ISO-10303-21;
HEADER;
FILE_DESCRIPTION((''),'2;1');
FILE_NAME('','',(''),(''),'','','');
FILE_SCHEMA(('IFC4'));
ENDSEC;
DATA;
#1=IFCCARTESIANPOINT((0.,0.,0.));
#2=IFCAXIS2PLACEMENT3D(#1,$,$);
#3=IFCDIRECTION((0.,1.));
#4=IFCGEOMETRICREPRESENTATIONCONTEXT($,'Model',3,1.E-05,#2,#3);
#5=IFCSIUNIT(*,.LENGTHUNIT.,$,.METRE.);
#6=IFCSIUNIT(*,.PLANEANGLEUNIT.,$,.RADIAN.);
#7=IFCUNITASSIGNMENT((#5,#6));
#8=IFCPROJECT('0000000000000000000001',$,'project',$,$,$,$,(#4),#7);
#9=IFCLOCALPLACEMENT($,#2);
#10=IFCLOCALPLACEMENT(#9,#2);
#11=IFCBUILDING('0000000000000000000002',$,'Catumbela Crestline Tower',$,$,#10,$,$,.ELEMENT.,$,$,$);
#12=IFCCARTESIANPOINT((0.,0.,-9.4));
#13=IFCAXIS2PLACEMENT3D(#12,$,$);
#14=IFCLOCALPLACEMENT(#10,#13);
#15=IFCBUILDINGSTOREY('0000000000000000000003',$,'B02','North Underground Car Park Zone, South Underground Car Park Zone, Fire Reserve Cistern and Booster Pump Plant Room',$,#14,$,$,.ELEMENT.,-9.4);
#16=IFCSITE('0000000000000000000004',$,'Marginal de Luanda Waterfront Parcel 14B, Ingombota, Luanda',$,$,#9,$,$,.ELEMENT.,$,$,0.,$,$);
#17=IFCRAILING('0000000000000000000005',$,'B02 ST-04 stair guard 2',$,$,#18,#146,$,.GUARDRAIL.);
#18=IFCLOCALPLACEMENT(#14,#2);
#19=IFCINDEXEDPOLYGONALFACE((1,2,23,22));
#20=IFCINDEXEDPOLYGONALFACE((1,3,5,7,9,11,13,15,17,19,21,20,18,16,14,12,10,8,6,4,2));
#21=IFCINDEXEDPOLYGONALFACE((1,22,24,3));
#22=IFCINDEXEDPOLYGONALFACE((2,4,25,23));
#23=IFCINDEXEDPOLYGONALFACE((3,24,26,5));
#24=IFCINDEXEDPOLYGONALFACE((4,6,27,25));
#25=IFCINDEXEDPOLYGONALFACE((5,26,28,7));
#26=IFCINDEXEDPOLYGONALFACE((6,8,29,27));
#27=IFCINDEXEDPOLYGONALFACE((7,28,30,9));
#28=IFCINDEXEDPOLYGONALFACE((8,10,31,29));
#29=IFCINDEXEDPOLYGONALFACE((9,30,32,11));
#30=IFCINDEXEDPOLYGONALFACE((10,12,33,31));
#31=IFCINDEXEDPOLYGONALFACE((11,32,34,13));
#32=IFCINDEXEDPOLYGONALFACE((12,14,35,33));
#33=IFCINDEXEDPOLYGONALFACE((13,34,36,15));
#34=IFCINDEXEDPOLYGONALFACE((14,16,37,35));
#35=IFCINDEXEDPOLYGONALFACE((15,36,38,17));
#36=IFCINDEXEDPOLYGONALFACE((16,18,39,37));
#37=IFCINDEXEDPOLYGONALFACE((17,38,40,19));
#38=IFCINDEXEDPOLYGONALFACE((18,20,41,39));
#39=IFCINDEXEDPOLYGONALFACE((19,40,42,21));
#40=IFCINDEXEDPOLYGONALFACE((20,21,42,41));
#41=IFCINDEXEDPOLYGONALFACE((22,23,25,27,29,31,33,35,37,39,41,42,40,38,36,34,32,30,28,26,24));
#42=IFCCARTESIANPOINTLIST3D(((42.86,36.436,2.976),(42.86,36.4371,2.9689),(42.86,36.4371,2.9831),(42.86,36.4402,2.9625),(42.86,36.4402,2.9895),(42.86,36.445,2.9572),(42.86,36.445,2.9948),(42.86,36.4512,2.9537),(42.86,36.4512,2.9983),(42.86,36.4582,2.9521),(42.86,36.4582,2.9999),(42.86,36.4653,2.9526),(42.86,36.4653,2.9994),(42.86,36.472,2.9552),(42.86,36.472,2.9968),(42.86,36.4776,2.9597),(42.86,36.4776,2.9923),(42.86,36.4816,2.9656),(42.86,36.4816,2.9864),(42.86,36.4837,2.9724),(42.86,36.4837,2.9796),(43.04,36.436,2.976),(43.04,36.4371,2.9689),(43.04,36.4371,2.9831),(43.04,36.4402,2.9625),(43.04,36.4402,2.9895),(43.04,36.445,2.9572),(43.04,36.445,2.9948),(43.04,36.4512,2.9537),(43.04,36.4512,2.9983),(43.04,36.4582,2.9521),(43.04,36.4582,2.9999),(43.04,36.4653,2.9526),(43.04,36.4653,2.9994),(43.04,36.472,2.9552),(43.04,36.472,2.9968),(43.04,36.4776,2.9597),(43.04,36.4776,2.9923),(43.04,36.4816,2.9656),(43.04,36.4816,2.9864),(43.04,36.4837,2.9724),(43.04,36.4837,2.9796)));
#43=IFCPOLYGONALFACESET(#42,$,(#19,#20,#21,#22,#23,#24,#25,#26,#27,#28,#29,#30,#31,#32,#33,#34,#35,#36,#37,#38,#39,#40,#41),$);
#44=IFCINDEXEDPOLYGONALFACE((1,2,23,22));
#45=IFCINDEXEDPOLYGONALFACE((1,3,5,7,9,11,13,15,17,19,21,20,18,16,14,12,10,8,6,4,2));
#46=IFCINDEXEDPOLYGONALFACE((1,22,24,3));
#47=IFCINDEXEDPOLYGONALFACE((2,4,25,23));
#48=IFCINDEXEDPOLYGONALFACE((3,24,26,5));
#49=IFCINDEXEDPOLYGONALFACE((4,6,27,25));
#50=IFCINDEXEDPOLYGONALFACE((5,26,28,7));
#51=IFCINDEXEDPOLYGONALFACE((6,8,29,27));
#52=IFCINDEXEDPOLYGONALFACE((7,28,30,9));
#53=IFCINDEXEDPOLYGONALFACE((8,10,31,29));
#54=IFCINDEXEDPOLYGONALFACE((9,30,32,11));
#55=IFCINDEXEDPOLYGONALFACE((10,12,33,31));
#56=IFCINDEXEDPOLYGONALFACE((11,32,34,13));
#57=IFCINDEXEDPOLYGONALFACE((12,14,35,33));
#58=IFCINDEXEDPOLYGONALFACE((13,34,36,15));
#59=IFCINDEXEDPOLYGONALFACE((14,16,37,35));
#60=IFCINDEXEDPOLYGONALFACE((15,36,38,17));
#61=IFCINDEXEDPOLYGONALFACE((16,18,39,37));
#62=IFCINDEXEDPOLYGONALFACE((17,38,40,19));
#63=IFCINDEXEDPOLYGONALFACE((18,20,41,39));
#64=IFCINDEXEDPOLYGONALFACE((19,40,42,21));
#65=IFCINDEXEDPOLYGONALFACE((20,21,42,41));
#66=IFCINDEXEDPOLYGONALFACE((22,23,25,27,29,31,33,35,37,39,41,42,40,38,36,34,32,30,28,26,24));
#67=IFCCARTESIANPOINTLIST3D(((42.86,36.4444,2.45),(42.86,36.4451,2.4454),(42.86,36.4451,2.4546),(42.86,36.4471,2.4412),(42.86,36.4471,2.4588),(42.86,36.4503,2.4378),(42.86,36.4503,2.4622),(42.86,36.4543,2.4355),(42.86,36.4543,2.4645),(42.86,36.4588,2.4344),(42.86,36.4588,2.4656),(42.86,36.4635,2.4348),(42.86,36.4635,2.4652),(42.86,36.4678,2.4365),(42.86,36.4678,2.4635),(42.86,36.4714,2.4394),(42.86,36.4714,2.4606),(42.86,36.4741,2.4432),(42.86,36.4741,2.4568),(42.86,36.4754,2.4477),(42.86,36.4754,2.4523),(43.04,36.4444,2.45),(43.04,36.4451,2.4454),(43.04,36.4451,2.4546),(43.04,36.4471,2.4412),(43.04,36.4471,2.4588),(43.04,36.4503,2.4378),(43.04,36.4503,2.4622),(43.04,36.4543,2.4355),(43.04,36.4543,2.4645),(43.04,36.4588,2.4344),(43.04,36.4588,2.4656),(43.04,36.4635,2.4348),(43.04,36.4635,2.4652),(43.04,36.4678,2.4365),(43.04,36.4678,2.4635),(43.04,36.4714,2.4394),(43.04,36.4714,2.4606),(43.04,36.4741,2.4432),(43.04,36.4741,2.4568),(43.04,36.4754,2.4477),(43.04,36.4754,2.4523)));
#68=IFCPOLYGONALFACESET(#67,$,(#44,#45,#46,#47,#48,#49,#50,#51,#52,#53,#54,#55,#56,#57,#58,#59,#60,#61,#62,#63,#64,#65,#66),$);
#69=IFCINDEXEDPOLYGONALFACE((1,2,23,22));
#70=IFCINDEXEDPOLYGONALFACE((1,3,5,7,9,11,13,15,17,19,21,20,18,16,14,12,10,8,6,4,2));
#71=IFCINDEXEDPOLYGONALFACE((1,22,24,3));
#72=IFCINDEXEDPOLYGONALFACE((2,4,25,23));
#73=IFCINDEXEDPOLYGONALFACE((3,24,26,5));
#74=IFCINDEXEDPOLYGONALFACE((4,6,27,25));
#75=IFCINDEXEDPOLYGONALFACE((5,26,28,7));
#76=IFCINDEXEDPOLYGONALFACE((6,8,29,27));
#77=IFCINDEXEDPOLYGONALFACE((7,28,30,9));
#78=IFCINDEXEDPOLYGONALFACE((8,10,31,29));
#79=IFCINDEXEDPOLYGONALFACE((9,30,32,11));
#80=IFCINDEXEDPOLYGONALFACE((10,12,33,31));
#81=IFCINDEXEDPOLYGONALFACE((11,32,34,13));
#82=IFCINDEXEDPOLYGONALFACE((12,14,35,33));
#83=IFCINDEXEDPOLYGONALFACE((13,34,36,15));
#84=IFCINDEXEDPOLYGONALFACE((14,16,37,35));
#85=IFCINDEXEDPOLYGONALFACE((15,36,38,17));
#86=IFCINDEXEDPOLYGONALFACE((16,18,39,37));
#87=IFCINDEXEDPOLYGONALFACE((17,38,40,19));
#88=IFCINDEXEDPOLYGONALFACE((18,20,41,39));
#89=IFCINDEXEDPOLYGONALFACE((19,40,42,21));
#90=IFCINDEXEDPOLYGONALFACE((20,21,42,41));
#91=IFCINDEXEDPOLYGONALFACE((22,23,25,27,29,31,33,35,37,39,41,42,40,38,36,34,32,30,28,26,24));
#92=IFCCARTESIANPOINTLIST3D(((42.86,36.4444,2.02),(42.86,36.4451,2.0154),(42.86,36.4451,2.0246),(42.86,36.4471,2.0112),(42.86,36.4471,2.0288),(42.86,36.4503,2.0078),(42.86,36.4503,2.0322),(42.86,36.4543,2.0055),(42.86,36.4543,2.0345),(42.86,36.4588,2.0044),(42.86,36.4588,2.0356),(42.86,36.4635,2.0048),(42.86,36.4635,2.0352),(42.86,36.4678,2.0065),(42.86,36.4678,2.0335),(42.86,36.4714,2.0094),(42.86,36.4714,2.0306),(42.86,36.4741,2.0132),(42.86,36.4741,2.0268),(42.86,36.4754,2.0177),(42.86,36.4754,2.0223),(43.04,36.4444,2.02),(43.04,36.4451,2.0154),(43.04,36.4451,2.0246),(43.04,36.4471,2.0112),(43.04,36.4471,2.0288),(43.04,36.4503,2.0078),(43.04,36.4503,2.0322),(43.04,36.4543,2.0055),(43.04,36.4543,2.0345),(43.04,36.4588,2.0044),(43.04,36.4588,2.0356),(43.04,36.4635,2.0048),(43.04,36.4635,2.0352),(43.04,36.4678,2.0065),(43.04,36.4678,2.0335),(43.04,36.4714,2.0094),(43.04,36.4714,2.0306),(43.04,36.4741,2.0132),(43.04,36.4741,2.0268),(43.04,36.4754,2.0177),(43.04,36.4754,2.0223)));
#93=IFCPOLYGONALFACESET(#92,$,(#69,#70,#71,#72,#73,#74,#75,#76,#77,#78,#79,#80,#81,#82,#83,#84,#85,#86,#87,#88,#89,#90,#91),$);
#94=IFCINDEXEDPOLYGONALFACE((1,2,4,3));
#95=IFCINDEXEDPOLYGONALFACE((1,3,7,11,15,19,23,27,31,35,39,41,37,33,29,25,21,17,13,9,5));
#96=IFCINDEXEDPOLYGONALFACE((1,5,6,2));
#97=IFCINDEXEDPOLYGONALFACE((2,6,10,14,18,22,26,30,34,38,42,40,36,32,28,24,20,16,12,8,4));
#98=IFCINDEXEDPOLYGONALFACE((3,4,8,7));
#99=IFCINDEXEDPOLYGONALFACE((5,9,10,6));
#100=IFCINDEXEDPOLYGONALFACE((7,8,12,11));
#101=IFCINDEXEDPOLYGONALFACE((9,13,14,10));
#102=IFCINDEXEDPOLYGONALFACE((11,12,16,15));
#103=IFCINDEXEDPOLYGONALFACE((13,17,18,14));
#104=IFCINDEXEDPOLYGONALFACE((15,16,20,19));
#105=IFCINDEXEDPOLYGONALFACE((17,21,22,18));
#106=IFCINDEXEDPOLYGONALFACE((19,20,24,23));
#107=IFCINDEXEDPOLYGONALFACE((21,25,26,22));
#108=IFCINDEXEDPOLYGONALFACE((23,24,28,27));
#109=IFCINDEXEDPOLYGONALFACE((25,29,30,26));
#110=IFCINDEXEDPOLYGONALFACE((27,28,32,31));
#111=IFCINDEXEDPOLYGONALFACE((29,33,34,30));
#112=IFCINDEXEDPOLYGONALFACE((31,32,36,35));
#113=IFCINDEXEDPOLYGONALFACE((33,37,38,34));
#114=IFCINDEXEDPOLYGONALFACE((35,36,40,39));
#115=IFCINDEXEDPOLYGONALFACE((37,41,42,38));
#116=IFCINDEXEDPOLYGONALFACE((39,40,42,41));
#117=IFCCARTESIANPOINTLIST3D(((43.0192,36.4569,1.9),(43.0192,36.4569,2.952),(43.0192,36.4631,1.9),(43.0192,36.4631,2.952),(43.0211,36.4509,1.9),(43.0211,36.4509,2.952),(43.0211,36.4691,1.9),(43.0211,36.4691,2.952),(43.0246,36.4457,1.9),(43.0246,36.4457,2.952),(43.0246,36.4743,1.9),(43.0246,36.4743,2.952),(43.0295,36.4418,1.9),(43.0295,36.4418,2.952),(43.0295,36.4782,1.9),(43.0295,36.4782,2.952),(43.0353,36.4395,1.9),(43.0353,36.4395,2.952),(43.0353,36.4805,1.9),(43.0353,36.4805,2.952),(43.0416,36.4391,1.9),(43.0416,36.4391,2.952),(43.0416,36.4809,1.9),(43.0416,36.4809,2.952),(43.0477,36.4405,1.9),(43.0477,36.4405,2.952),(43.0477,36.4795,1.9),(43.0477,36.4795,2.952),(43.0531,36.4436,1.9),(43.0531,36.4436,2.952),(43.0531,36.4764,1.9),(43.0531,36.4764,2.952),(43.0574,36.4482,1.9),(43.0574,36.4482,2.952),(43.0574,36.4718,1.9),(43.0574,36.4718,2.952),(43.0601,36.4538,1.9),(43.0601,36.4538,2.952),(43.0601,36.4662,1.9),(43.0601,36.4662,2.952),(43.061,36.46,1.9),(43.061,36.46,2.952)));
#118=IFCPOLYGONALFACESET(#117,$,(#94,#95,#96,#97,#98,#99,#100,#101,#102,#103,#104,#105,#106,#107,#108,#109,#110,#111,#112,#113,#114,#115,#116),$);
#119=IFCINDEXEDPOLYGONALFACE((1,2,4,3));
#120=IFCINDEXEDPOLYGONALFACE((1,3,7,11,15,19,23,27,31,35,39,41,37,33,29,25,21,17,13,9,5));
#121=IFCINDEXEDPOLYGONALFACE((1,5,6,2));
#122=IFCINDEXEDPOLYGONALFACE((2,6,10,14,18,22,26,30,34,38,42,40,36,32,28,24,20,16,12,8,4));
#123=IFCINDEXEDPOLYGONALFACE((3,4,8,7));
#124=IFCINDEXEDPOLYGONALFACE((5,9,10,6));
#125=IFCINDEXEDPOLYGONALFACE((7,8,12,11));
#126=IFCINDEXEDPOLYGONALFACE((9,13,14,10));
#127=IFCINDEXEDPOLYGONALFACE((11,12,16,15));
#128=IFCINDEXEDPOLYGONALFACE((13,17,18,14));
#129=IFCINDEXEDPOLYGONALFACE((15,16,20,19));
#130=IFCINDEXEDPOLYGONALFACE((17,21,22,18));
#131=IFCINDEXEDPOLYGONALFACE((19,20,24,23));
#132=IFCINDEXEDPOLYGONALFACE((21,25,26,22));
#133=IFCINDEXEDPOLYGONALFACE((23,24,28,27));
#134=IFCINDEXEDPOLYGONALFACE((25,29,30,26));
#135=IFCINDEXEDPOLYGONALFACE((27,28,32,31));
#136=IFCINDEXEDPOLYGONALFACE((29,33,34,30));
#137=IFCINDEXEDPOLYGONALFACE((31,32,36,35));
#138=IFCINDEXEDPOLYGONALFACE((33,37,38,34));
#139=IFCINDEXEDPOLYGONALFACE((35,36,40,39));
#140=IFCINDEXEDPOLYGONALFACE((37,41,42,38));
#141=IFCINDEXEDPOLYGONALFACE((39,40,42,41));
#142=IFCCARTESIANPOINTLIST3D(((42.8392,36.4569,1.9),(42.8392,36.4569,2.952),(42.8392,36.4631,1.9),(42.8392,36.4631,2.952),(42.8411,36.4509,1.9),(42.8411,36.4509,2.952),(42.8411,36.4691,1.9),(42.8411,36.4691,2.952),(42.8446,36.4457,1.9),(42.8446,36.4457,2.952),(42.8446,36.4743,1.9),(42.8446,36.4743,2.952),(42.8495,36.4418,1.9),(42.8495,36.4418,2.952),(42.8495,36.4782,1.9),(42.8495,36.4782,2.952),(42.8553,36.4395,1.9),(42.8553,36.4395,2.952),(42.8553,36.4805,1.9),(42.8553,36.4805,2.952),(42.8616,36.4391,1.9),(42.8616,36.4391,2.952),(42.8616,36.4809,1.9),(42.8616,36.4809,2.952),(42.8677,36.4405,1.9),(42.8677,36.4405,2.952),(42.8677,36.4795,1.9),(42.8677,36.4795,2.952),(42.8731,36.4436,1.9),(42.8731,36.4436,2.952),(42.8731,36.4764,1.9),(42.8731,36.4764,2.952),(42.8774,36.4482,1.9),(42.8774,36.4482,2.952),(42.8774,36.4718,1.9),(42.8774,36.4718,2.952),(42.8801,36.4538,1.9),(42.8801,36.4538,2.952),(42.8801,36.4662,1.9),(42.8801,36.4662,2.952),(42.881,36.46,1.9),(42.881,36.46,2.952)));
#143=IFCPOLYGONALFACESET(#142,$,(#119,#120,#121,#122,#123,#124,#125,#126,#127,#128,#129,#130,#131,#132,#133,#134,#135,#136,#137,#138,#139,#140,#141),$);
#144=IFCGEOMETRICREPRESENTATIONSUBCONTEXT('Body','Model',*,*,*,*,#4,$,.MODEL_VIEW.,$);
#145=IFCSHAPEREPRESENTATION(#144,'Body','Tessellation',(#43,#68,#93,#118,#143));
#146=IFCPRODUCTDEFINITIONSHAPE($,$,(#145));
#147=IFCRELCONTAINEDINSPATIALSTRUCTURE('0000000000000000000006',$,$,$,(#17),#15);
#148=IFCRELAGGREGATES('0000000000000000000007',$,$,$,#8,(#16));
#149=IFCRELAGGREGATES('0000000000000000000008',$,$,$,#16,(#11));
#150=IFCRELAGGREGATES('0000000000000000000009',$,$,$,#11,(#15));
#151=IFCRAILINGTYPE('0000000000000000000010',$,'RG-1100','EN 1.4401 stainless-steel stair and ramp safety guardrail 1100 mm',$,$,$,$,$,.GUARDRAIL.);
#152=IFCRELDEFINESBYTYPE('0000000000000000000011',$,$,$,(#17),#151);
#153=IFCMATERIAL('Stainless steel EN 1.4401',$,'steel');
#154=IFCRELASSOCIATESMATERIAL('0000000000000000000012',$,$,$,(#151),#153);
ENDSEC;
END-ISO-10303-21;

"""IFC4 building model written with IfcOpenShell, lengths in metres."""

from ifc_helpers import new_model, si_unit, direction, frame, origin, origin_2d, place, context, subcontext, project, spatial, circle, extrude, material, type_object, element, save


model = new_model("IFC4")

# Units and contexts
model_context = context("Model", 3, precision=1e-05, world=origin(), true_north=direction((0.0, 1.0)))
body_context = subcontext(model_context, "Body", "Model", "MODEL_VIEW")
ifc_project = project(units=[si_unit("LENGTHUNIT", "METRE"), si_unit("PLANEANGLEUNIT", "RADIAN")], contexts=[model_context])

# Site, building, storey
site_placement = place(None, origin())
site = spatial("IfcSite", under=ifc_project, at=site_placement, Name="Marginal de Luanda Waterfront Parcel 14B, Ingombota, Luanda", CompositionType="ELEMENT", RefElevation=0.0)
building_placement = place(site_placement, origin())
building = spatial("IfcBuilding", under=site, at=building_placement, Name="Catumbela Crestline Tower", CompositionType="ELEMENT")
storey_placement = place(building_placement, frame((0.0, 0.0, -9.4)))
storey = spatial("IfcBuildingStorey", under=building, at=storey_placement, Name="B02", Description="North Underground Car Park Zone, South Underground Car Park Zone, Fire Reserve Cistern and Booster Pump Plant Room", CompositionType="ELEMENT", Elevation=-9.4)

# Shared definitions
ifc_material_1 = material(Name="Stainless steel EN 1.4401", Category="steel")

# Railing
railing_type_1 = type_object("IfcRailingType", Name="RG-1100", Description="EN 1.4401 stainless-steel stair and ramp safety guardrail 1100 mm", PredefinedType="GUARDRAIL", material=ifc_material_1)
railing_1_placement = place(storey_placement, frame((43.04, 36.46, 1.9)))
element("IfcRailing", 1, at=railing_1_placement, inside=storey, type_object=railing_type_1, Name="B02 ST-04 stair guard 2", PredefinedType="GUARDRAIL", context=body_context, shape_type="SweptSolid", body=[
    extrude(circle(Radius=0.024, at=origin_2d()), frame((0.0, 0.0, 1.076), z_axis=(-1.0, 0.0, 0.0), x_axis=(0.0, -1.0, 0.0)), (0.0, 0.0, 1.0), 0.18),
    extrude(circle(Radius=0.0156, at=origin_2d()), frame((0.0, 0.0, 0.55), z_axis=(-1.0, 0.0, 0.0), x_axis=(0.0, -1.0, 0.0)), (0.0, 0.0, 1.0), 0.18),
    extrude(circle(Radius=0.0156, at=origin_2d()), frame((0.0, 0.0, 0.12), z_axis=(-1.0, 0.0, 0.0), x_axis=(0.0, -1.0, 0.0)), (0.0, 0.0, 1.0), 0.18),
    extrude(circle(Radius=0.021, at=origin_2d()), origin(), (0.0, 0.0, 1.0), 1.052),
    extrude(circle(Radius=0.021, at=origin_2d()), frame((-0.18, 0.0, 0.0)), (0.0, 0.0, 1.0), 1.052),
])

save(model, "model.ifc")
